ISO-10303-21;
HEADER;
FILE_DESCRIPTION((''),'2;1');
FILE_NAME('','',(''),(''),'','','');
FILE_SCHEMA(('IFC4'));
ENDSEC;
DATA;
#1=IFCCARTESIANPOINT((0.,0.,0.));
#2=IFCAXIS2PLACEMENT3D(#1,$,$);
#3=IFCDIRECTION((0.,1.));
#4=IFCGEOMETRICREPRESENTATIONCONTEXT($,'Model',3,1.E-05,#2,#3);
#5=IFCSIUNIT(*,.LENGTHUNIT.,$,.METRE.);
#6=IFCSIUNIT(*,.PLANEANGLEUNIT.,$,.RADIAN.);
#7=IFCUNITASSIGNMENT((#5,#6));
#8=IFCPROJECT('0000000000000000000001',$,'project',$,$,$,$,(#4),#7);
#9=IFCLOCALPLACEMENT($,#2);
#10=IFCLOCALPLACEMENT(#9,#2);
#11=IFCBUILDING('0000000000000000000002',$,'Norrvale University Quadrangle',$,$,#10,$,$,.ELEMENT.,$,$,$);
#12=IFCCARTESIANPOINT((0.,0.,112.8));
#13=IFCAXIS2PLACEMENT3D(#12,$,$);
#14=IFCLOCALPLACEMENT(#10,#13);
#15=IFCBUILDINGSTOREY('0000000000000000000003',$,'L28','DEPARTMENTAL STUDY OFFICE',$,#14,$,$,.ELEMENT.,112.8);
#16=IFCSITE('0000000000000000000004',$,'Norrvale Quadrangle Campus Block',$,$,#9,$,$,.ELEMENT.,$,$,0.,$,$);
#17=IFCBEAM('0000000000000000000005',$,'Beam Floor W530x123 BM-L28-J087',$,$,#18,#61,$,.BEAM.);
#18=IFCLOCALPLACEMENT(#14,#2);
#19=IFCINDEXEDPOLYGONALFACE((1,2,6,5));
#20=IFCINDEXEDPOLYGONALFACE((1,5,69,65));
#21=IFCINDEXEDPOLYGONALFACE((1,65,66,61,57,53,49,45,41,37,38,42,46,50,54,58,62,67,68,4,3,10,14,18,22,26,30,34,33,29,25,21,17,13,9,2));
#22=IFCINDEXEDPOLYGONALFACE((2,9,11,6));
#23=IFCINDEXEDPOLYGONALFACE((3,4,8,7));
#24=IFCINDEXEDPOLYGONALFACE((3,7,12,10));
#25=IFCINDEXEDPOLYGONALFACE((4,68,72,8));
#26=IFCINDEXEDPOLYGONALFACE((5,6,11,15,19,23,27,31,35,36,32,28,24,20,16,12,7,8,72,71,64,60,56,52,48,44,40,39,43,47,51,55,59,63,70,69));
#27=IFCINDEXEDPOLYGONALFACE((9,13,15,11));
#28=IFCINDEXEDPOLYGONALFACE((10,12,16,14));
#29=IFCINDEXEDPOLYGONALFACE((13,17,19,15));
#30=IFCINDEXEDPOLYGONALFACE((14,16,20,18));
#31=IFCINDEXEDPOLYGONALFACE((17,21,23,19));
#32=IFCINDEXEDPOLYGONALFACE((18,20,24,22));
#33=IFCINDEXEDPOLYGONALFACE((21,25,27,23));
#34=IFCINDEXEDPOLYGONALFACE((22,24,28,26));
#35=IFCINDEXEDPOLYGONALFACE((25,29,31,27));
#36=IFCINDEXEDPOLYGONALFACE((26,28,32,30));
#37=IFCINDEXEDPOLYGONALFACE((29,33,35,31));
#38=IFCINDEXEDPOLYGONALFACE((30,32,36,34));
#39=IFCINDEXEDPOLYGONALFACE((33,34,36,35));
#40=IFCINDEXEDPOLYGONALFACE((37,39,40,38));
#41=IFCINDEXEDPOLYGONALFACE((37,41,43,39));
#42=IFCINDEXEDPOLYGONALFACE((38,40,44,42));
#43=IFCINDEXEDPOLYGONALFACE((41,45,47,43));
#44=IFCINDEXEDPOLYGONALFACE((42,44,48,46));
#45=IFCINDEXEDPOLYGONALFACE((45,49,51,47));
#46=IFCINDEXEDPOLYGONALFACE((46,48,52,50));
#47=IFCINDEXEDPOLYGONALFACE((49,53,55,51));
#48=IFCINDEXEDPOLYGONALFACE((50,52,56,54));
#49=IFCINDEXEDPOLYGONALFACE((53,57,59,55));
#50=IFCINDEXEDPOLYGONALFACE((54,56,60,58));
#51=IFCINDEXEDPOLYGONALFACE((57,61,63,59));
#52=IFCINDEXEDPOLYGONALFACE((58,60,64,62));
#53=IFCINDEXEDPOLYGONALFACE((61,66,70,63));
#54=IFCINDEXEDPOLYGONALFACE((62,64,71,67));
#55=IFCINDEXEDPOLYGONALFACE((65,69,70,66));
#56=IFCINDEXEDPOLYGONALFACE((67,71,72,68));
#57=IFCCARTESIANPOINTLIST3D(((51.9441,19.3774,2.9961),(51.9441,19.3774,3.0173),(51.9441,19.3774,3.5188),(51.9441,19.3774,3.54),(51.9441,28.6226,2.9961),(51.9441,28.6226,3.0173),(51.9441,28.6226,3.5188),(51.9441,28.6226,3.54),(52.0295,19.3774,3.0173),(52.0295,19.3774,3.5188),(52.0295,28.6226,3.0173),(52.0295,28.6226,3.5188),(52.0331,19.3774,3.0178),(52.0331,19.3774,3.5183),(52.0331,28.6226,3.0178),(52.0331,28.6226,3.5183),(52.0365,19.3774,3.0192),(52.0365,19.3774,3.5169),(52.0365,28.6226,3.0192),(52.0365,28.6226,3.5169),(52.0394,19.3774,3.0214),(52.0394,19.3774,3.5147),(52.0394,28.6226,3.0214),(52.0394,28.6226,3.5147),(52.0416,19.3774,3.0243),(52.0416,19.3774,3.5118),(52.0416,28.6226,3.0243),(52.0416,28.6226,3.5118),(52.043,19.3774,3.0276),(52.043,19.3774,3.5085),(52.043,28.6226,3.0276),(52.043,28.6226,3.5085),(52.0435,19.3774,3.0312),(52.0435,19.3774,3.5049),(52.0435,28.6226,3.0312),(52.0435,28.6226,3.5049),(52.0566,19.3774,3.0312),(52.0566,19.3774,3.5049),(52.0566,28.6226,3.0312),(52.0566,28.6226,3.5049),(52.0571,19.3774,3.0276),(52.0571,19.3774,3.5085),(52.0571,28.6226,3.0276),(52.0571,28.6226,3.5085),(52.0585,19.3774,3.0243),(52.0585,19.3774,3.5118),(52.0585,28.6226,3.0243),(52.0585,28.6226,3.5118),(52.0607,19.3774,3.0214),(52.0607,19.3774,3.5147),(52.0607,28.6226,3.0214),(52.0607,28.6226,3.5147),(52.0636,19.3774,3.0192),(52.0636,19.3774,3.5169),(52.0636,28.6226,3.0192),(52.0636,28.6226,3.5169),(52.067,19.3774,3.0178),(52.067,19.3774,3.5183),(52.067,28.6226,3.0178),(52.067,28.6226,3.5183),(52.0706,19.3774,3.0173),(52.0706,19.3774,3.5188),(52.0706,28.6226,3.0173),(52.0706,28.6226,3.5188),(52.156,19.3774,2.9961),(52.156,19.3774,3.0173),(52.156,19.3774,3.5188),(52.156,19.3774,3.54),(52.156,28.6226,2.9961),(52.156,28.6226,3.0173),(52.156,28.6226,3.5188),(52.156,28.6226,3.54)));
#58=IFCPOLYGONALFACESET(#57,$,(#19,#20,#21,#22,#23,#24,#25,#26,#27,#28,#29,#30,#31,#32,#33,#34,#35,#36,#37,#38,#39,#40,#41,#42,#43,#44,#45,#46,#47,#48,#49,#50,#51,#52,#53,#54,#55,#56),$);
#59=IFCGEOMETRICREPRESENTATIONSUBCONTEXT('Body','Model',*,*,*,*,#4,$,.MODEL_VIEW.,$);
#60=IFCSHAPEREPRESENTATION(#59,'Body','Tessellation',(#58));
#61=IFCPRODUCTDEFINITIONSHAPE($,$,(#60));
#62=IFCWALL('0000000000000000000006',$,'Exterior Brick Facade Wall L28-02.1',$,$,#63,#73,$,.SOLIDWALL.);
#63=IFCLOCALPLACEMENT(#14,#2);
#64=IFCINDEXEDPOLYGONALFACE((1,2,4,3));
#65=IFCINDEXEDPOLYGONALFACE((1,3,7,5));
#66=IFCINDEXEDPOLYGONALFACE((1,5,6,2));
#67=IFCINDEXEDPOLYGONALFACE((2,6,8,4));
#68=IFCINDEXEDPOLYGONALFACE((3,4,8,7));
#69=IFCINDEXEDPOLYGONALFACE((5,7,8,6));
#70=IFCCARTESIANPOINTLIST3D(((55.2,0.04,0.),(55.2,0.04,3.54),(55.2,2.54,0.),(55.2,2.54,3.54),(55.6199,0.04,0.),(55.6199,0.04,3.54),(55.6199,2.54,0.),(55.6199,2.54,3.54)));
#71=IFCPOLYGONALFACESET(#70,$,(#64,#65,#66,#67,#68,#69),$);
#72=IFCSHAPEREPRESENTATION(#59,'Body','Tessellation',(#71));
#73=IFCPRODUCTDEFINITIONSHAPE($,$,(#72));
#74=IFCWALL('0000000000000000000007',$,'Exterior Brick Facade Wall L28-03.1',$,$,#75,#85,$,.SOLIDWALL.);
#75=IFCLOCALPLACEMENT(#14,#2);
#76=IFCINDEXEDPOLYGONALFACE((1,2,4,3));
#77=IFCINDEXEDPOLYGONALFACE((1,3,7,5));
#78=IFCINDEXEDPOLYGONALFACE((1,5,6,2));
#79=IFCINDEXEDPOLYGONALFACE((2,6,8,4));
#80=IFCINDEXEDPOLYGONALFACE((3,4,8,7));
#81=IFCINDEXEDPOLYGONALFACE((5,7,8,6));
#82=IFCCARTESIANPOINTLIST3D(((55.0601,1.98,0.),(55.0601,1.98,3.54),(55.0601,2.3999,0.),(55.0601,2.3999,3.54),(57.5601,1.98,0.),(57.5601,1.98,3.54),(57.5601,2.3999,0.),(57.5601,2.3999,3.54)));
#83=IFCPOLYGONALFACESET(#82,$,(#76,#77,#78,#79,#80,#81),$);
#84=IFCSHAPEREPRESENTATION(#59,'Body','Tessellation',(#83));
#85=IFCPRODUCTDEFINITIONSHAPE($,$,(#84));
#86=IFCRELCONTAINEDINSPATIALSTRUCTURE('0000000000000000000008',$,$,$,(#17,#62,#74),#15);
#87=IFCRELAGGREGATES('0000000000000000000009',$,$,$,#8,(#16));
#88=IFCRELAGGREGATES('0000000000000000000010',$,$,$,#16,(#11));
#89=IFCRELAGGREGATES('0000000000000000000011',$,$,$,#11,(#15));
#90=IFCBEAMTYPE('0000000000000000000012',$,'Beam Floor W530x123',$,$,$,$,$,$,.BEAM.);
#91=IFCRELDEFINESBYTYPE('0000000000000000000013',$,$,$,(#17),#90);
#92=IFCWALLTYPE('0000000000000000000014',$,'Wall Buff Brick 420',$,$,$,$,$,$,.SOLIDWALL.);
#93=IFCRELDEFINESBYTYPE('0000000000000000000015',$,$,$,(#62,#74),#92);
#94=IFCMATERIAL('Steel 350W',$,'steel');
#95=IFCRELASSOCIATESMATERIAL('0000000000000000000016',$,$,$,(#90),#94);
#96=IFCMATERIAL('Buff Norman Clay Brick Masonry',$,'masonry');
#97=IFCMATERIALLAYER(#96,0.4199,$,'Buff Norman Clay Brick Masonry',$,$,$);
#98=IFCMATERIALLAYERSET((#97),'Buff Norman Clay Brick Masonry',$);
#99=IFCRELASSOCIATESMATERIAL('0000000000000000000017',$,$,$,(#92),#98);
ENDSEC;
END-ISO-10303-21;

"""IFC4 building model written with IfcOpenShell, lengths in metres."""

from ifc_helpers import new_model, si_unit, direction, frame, frame_2d, origin, origin_2d, place, context, subcontext, project, spatial, rectangle, i_section, extrude, material, layer, layer_set, material_profile, profile_set, type_object, element, save


model = new_model("IFC4")

# Units and contexts
model_context = context("Model", 3, precision=1e-05, world=origin(), true_north=direction((0.0, 1.0)))
body_context = subcontext(model_context, "Body", "Model", "MODEL_VIEW")
ifc_project = project(units=[si_unit("LENGTHUNIT", "METRE"), si_unit("PLANEANGLEUNIT", "RADIAN")], contexts=[model_context])

# Site, building, storey
site_placement = place(None, origin())
site = spatial("IfcSite", under=ifc_project, at=site_placement, Name="Norrvale Quadrangle Campus Block", CompositionType="ELEMENT", RefElevation=0.0)
building_placement = place(site_placement, origin())
building = spatial("IfcBuilding", under=site, at=building_placement, Name="Norrvale University Quadrangle", CompositionType="ELEMENT")
storey_placement = place(building_placement, frame((0.0, 0.0, 112.8)))
storey = spatial("IfcBuildingStorey", under=building, at=storey_placement, Name="L28", Description="DEPARTMENTAL STUDY OFFICE", CompositionType="ELEMENT", Elevation=112.8)

# Beam
ifc_material_1 = material(Name="Steel 350W", Category="steel")
ifc_material_profile_1 = material_profile(ifc_material_1, i_section(OverallWidth=0.2119, OverallDepth=0.5439, WebThickness=0.0132, FlangeThickness=0.0212, FilletRadius=0.0139, at=origin_2d()), Name="Steel 350W")
ifc_profile_set_1 = profile_set([ifc_material_profile_1], Name="Steel 350W")
beam_type_1 = type_object("IfcBeamType", Name="Beam Floor W530x123", PredefinedType="BEAM", material=ifc_profile_set_1)
beam_1_placement = place(storey_placement, frame((52.05, 19.3774, 3.2681), z_axis=(0.0, 1.0, 0.0), x_axis=(-1.0, 0.0, 0.0)))
element("IfcBeam", 1, at=beam_1_placement, inside=storey, type_object=beam_type_1, Name="Beam Floor W530x123 BM-L28-J087", PredefinedType="BEAM", context=body_context, shape_type="SweptSolid", body=[
    extrude(i_section(OverallWidth=0.2119, OverallDepth=0.5439, WebThickness=0.0132, FlangeThickness=0.0212, FilletRadius=0.0139, at=origin_2d()), origin(), (0.0, 0.0, 1.0), 9.2451),
])

# Walls
ifc_material_2 = material(Name="Buff Norman Clay Brick Masonry", Category="masonry")
ifc_layer_1 = layer(ifc_material_2, 0.4199, Name="Buff Norman Clay Brick Masonry")
ifc_layer_set_1 = layer_set([ifc_layer_1], Name="Buff Norman Clay Brick Masonry")
wall_type_1 = type_object("IfcWallType", Name="Wall Buff Brick 420", PredefinedType="SOLIDWALL", material=ifc_layer_set_1)
for number, where, z_axis, x_axis, name in (
    (2, (55.4099, 0.04, 0.0), (0.0, 0.0, 1.0), (0.0, 1.0, 0.0), "Exterior Brick Facade Wall L28-02.1"),
    (3, (55.0601, 2.1899, 0.0), (0.0, 0.0, 1.0), (1.0, 0.0, 0.0), "Exterior Brick Facade Wall L28-03.1"),
):
    element("IfcWall", number, at=place(storey_placement, frame(where, z_axis=z_axis, x_axis=x_axis)), inside=storey, type_object=wall_type_1, Name=name, PredefinedType="SOLIDWALL", context=body_context, shape_type="SweptSolid", body=[
        extrude(rectangle(XDim=2.5, YDim=0.4199, at=frame_2d((1.25, 0.0))), origin(), (0.0, 0.0, 1.0), 3.54),
    ])

save(model, "model.ifc")
